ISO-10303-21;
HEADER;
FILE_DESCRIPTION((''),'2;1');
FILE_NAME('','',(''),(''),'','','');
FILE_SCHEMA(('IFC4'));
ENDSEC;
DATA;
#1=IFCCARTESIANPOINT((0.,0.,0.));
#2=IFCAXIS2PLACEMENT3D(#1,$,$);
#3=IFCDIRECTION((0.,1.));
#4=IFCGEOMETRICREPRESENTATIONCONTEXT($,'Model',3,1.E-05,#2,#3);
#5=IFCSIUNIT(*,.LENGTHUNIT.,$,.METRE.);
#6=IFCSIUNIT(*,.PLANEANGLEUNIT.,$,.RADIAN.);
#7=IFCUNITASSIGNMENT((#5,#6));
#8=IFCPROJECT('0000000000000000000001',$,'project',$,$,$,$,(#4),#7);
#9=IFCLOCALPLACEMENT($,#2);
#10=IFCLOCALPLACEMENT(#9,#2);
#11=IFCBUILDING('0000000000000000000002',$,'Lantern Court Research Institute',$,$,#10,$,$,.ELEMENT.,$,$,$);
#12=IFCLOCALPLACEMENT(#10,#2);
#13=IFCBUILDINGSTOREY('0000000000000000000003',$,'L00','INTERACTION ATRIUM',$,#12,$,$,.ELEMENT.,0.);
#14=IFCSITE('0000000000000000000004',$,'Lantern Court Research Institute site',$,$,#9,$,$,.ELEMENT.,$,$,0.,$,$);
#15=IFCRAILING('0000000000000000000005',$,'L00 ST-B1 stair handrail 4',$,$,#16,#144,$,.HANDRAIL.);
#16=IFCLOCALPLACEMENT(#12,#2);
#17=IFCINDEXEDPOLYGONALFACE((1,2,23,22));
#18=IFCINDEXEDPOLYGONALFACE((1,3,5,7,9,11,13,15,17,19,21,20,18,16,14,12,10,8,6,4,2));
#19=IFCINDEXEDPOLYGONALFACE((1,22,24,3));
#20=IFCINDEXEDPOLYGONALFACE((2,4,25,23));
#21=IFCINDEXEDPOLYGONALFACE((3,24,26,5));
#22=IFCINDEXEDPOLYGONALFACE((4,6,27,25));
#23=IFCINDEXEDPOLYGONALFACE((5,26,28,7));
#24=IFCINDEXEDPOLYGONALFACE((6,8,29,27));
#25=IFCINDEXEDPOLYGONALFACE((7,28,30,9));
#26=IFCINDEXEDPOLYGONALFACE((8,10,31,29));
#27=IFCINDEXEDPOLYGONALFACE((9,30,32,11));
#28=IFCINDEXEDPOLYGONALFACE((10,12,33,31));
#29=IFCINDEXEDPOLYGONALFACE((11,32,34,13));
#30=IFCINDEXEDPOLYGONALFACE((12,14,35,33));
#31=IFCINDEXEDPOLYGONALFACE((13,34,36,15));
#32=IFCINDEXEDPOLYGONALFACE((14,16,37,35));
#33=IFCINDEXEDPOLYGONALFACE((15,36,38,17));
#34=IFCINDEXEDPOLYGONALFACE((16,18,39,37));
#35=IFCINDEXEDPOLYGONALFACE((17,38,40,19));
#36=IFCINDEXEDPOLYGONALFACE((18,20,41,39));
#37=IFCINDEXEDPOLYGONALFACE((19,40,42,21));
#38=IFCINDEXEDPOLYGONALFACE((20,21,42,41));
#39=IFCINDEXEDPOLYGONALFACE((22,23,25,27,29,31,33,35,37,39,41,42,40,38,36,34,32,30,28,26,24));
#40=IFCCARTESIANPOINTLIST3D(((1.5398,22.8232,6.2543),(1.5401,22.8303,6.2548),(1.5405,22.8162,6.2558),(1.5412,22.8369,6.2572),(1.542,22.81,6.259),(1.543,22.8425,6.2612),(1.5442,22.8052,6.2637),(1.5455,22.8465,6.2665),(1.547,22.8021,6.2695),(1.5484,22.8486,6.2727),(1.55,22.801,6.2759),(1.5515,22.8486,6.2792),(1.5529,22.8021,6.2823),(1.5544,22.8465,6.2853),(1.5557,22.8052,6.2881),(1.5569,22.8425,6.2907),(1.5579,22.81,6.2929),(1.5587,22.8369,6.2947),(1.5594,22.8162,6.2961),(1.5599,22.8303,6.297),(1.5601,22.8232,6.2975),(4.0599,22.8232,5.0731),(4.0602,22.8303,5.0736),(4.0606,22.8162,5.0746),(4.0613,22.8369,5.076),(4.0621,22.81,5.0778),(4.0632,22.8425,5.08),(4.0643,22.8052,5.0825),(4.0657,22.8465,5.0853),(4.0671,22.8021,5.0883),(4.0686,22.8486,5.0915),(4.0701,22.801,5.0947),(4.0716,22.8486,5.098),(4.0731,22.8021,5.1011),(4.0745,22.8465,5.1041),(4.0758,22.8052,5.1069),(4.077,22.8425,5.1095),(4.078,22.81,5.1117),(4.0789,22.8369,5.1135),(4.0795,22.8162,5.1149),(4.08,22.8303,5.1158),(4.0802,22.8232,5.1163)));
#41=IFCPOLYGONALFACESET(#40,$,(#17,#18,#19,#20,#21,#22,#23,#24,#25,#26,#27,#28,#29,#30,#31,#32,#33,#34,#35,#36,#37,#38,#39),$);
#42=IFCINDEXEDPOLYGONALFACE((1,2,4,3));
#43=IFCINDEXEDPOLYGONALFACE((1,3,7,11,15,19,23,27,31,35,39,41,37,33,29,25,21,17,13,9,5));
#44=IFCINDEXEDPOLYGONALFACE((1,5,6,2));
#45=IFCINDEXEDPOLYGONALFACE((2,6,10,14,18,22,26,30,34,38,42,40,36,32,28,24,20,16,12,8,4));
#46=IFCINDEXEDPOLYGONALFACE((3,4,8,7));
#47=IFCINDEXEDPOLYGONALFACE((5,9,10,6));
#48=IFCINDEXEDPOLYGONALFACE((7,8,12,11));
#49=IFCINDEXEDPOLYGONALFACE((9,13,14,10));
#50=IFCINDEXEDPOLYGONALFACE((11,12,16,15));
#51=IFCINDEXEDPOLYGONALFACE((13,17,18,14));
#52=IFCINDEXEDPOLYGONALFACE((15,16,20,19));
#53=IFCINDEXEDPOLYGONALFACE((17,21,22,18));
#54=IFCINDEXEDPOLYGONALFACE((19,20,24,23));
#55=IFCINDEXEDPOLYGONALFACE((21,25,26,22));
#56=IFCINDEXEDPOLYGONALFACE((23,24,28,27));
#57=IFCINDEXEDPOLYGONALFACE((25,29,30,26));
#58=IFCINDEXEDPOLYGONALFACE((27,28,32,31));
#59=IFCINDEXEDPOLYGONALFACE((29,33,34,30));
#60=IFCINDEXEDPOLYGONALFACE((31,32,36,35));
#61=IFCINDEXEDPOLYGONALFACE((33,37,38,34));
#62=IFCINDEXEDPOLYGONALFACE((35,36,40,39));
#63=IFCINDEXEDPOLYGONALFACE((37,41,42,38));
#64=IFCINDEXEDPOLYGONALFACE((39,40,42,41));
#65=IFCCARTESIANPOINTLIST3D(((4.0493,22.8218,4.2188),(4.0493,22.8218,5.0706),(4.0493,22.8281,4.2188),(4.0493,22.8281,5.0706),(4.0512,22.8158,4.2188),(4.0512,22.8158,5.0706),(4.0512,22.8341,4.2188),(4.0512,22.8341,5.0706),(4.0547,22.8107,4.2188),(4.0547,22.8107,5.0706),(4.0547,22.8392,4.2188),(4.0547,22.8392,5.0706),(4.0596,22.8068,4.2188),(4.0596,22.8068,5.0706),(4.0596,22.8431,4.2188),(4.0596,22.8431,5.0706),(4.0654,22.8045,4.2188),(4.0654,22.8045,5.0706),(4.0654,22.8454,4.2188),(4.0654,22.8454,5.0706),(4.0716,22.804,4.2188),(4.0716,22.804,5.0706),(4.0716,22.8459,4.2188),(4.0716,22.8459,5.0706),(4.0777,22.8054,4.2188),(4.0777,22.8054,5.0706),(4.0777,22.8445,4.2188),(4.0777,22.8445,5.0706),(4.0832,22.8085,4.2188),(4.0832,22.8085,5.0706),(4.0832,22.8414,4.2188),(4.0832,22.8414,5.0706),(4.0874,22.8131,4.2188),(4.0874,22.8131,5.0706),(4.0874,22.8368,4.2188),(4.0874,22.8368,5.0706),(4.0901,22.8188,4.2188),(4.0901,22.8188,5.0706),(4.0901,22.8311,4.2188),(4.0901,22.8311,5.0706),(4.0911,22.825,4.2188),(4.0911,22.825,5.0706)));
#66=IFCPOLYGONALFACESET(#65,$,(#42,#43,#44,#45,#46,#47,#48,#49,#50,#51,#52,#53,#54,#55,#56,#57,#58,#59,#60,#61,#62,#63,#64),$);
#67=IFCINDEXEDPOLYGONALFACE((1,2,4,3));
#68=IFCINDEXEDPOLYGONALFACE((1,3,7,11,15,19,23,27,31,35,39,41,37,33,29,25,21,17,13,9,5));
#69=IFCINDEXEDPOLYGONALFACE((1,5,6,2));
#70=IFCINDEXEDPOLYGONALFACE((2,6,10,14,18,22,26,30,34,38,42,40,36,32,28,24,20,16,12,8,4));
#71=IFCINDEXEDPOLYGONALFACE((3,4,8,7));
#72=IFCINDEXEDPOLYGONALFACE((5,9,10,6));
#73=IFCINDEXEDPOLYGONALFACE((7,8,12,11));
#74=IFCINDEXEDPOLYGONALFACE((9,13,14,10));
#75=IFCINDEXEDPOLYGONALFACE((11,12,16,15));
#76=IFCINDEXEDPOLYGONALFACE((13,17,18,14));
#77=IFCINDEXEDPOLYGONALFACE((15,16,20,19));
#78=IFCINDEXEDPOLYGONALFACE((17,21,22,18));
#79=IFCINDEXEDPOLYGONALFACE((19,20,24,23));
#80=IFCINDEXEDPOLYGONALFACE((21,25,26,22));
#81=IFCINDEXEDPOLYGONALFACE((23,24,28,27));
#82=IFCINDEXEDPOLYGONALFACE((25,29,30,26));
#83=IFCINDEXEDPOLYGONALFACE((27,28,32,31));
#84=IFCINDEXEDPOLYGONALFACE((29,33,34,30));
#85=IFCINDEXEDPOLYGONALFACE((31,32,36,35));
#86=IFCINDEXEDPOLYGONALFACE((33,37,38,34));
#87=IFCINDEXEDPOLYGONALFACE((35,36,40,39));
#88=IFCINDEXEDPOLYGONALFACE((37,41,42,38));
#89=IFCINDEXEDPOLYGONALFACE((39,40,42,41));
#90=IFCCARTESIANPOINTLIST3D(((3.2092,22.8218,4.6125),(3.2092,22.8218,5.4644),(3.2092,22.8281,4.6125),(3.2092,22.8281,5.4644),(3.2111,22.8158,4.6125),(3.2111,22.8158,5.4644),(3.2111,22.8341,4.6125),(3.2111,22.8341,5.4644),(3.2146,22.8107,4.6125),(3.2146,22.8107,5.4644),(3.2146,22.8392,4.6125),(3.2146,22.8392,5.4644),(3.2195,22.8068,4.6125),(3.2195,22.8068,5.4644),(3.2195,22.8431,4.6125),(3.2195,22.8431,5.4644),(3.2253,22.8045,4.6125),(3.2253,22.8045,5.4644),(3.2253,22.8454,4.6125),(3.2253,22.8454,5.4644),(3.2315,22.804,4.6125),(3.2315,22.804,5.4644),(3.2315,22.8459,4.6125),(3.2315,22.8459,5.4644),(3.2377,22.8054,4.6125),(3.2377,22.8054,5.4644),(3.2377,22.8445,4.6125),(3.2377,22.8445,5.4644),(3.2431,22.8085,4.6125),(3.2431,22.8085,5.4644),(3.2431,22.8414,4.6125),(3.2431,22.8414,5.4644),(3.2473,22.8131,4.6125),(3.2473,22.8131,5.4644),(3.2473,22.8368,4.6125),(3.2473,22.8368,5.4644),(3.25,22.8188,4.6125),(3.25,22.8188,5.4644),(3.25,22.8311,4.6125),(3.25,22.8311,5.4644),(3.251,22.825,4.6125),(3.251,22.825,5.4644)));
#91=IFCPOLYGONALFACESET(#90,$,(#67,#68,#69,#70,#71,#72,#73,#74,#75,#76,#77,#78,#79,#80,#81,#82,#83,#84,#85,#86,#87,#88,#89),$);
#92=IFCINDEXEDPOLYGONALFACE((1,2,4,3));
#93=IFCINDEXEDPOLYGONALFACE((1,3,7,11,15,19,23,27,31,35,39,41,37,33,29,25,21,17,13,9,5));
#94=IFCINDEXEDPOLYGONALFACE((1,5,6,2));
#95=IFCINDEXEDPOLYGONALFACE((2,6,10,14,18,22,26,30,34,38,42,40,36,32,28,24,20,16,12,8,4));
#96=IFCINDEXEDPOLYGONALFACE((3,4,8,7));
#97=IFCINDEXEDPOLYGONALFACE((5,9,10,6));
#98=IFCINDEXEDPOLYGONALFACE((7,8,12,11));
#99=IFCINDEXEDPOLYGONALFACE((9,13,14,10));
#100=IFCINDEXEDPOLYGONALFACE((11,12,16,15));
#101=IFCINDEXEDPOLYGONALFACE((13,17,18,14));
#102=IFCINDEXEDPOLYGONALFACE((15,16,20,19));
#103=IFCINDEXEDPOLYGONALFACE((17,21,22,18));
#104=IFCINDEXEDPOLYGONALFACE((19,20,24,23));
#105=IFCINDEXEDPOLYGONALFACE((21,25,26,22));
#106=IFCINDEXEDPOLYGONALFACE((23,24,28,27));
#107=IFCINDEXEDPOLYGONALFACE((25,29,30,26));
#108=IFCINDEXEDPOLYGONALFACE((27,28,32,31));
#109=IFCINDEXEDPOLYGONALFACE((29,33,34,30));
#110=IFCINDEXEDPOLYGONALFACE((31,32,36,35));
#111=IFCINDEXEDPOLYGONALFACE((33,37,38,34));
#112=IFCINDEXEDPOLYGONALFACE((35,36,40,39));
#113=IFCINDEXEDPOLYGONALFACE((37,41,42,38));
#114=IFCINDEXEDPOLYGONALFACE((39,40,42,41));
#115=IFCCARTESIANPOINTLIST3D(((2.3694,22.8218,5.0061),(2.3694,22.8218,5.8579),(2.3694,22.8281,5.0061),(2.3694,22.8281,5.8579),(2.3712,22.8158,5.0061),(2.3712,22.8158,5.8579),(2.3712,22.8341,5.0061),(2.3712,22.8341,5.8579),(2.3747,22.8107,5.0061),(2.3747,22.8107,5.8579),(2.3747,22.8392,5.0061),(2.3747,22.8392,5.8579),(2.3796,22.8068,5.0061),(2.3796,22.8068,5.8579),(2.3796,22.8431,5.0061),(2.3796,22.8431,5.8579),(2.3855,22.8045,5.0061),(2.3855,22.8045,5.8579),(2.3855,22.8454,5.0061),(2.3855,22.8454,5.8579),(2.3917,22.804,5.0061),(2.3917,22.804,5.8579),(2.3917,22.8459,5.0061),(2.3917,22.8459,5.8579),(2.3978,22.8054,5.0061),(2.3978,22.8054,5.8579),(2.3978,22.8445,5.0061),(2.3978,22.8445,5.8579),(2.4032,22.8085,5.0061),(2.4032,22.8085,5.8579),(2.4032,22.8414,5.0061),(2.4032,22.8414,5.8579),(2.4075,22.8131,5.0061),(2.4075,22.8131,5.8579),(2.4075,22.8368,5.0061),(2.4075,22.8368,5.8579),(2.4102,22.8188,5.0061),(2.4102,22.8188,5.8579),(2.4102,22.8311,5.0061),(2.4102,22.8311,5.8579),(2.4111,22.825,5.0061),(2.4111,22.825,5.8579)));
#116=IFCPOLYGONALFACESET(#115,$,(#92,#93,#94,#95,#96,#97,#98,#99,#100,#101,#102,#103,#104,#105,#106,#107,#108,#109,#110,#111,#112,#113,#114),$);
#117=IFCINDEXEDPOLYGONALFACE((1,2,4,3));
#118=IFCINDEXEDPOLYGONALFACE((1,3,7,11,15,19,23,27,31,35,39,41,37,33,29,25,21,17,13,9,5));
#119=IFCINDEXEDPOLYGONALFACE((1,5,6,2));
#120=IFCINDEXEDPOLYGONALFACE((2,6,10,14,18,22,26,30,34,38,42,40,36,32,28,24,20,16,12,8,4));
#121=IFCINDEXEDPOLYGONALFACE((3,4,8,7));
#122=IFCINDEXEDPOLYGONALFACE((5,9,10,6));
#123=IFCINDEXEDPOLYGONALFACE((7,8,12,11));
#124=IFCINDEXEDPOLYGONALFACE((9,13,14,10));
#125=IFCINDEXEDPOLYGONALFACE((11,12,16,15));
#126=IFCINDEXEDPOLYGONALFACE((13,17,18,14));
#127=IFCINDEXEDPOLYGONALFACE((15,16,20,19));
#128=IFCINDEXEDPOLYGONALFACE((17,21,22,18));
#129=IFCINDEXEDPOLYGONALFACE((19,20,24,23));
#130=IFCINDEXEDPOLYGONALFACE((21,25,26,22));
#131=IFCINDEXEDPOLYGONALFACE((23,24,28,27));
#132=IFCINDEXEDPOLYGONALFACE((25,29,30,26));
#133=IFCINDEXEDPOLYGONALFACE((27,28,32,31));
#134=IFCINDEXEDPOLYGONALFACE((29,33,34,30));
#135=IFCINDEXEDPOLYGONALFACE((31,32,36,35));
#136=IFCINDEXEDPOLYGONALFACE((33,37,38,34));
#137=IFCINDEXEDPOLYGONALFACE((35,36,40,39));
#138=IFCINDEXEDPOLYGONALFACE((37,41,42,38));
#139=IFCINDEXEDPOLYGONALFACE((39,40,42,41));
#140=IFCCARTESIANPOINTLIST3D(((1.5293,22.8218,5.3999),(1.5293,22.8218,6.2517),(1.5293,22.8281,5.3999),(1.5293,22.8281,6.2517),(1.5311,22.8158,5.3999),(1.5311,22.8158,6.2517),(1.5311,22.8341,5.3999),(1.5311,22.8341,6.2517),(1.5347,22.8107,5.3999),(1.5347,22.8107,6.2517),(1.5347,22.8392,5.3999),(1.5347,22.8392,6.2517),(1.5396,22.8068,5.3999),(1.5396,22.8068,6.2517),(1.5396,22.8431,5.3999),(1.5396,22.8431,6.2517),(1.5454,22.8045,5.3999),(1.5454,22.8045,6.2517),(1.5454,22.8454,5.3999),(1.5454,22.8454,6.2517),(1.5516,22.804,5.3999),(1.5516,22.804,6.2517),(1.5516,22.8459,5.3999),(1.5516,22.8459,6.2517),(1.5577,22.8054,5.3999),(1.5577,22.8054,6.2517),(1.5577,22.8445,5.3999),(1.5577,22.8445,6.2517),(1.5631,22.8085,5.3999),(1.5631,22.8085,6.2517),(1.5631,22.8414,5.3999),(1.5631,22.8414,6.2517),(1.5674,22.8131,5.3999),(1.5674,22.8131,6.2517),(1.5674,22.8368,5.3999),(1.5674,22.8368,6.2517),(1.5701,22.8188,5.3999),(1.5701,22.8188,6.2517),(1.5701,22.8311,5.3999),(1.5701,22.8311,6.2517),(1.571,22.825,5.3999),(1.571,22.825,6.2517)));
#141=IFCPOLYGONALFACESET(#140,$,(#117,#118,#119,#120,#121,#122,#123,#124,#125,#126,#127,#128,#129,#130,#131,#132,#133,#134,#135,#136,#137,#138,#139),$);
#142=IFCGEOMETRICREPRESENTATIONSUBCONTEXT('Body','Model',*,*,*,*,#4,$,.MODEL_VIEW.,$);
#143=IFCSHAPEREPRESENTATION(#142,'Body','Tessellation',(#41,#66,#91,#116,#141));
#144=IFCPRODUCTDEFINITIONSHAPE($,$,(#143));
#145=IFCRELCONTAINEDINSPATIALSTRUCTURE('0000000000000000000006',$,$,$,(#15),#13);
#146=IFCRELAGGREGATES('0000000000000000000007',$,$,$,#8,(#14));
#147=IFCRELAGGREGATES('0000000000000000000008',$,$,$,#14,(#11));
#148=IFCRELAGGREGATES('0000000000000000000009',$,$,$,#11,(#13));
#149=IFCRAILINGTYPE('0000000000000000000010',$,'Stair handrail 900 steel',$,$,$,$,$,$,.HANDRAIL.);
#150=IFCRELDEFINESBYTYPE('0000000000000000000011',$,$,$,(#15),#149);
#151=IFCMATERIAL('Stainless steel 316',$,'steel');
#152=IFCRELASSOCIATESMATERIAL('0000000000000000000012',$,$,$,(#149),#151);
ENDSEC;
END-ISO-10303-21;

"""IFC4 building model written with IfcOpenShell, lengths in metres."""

from ifc_helpers import new_model, si_unit, direction, frame, origin, origin_2d, place, context, subcontext, project, spatial, circle, extrude, material, type_object, element, save


model = new_model("IFC4")

# Units and contexts
model_context = context("Model", 3, precision=1e-05, world=origin(), true_north=direction((0.0, 1.0)))
body_context = subcontext(model_context, "Body", "Model", "MODEL_VIEW")
ifc_project = project(units=[si_unit("LENGTHUNIT", "METRE"), si_unit("PLANEANGLEUNIT", "RADIAN")], contexts=[model_context])

# Site, building, storey
site_placement = place(None, origin())
site = spatial("IfcSite", under=ifc_project, at=site_placement, Name="Lantern Court Research Institute site", CompositionType="ELEMENT", RefElevation=0.0)
building_placement = place(site_placement, origin())
building = spatial("IfcBuilding", under=site, at=building_placement, Name="Lantern Court Research Institute", CompositionType="ELEMENT")
storey_placement = place(building_placement, origin())
storey = spatial("IfcBuildingStorey", under=building, at=storey_placement, Name="L00", Description="INTERACTION ATRIUM", CompositionType="ELEMENT", Elevation=0.0)

# Railing
ifc_material_1 = material(Name="Stainless steel 316", Category="steel")
railing_type_1 = type_object("IfcRailingType", Name="Stair handrail 900 steel", PredefinedType="HANDRAIL", material=ifc_material_1)
for number, where, name in (
    (1, (4.0701, 22.825, 4.2188), "L00 ST-B1 stair handrail 4"),
):
    element("IfcRailing", number, at=place(storey_placement, frame(where)), inside=storey, type_object=railing_type_1, Name=name, PredefinedType="HANDRAIL", context=body_context, shape_type="SweptSolid", body=[
        extrude(circle(Radius=0.0239, at=origin_2d()), frame((0.0, 0.0, 0.876), z_axis=(-0.905474, 0.0, 0.424402), x_axis=(0.0, -1.0, 0.0)), (0.0, 0.0, 1.0), 2.7832),
        extrude(circle(Radius=0.021, at=origin_2d()), origin(), (0.0, 0.0, 1.0), 0.8518),
        extrude(circle(Radius=0.021, at=origin_2d()), frame((-0.8401, 0.0, 0.3938)), (0.0, 0.0, 1.0), 0.8518),
        extrude(circle(Radius=0.021, at=origin_2d()), frame((-1.6799, 0.0, 0.7874)), (0.0, 0.0, 1.0), 0.8518),
        extrude(circle(Radius=0.021, at=origin_2d()), frame((-2.52, 0.0, 1.1812)), (0.0, 0.0, 1.0), 0.8518),
    ])

save(model, "model.ifc")
